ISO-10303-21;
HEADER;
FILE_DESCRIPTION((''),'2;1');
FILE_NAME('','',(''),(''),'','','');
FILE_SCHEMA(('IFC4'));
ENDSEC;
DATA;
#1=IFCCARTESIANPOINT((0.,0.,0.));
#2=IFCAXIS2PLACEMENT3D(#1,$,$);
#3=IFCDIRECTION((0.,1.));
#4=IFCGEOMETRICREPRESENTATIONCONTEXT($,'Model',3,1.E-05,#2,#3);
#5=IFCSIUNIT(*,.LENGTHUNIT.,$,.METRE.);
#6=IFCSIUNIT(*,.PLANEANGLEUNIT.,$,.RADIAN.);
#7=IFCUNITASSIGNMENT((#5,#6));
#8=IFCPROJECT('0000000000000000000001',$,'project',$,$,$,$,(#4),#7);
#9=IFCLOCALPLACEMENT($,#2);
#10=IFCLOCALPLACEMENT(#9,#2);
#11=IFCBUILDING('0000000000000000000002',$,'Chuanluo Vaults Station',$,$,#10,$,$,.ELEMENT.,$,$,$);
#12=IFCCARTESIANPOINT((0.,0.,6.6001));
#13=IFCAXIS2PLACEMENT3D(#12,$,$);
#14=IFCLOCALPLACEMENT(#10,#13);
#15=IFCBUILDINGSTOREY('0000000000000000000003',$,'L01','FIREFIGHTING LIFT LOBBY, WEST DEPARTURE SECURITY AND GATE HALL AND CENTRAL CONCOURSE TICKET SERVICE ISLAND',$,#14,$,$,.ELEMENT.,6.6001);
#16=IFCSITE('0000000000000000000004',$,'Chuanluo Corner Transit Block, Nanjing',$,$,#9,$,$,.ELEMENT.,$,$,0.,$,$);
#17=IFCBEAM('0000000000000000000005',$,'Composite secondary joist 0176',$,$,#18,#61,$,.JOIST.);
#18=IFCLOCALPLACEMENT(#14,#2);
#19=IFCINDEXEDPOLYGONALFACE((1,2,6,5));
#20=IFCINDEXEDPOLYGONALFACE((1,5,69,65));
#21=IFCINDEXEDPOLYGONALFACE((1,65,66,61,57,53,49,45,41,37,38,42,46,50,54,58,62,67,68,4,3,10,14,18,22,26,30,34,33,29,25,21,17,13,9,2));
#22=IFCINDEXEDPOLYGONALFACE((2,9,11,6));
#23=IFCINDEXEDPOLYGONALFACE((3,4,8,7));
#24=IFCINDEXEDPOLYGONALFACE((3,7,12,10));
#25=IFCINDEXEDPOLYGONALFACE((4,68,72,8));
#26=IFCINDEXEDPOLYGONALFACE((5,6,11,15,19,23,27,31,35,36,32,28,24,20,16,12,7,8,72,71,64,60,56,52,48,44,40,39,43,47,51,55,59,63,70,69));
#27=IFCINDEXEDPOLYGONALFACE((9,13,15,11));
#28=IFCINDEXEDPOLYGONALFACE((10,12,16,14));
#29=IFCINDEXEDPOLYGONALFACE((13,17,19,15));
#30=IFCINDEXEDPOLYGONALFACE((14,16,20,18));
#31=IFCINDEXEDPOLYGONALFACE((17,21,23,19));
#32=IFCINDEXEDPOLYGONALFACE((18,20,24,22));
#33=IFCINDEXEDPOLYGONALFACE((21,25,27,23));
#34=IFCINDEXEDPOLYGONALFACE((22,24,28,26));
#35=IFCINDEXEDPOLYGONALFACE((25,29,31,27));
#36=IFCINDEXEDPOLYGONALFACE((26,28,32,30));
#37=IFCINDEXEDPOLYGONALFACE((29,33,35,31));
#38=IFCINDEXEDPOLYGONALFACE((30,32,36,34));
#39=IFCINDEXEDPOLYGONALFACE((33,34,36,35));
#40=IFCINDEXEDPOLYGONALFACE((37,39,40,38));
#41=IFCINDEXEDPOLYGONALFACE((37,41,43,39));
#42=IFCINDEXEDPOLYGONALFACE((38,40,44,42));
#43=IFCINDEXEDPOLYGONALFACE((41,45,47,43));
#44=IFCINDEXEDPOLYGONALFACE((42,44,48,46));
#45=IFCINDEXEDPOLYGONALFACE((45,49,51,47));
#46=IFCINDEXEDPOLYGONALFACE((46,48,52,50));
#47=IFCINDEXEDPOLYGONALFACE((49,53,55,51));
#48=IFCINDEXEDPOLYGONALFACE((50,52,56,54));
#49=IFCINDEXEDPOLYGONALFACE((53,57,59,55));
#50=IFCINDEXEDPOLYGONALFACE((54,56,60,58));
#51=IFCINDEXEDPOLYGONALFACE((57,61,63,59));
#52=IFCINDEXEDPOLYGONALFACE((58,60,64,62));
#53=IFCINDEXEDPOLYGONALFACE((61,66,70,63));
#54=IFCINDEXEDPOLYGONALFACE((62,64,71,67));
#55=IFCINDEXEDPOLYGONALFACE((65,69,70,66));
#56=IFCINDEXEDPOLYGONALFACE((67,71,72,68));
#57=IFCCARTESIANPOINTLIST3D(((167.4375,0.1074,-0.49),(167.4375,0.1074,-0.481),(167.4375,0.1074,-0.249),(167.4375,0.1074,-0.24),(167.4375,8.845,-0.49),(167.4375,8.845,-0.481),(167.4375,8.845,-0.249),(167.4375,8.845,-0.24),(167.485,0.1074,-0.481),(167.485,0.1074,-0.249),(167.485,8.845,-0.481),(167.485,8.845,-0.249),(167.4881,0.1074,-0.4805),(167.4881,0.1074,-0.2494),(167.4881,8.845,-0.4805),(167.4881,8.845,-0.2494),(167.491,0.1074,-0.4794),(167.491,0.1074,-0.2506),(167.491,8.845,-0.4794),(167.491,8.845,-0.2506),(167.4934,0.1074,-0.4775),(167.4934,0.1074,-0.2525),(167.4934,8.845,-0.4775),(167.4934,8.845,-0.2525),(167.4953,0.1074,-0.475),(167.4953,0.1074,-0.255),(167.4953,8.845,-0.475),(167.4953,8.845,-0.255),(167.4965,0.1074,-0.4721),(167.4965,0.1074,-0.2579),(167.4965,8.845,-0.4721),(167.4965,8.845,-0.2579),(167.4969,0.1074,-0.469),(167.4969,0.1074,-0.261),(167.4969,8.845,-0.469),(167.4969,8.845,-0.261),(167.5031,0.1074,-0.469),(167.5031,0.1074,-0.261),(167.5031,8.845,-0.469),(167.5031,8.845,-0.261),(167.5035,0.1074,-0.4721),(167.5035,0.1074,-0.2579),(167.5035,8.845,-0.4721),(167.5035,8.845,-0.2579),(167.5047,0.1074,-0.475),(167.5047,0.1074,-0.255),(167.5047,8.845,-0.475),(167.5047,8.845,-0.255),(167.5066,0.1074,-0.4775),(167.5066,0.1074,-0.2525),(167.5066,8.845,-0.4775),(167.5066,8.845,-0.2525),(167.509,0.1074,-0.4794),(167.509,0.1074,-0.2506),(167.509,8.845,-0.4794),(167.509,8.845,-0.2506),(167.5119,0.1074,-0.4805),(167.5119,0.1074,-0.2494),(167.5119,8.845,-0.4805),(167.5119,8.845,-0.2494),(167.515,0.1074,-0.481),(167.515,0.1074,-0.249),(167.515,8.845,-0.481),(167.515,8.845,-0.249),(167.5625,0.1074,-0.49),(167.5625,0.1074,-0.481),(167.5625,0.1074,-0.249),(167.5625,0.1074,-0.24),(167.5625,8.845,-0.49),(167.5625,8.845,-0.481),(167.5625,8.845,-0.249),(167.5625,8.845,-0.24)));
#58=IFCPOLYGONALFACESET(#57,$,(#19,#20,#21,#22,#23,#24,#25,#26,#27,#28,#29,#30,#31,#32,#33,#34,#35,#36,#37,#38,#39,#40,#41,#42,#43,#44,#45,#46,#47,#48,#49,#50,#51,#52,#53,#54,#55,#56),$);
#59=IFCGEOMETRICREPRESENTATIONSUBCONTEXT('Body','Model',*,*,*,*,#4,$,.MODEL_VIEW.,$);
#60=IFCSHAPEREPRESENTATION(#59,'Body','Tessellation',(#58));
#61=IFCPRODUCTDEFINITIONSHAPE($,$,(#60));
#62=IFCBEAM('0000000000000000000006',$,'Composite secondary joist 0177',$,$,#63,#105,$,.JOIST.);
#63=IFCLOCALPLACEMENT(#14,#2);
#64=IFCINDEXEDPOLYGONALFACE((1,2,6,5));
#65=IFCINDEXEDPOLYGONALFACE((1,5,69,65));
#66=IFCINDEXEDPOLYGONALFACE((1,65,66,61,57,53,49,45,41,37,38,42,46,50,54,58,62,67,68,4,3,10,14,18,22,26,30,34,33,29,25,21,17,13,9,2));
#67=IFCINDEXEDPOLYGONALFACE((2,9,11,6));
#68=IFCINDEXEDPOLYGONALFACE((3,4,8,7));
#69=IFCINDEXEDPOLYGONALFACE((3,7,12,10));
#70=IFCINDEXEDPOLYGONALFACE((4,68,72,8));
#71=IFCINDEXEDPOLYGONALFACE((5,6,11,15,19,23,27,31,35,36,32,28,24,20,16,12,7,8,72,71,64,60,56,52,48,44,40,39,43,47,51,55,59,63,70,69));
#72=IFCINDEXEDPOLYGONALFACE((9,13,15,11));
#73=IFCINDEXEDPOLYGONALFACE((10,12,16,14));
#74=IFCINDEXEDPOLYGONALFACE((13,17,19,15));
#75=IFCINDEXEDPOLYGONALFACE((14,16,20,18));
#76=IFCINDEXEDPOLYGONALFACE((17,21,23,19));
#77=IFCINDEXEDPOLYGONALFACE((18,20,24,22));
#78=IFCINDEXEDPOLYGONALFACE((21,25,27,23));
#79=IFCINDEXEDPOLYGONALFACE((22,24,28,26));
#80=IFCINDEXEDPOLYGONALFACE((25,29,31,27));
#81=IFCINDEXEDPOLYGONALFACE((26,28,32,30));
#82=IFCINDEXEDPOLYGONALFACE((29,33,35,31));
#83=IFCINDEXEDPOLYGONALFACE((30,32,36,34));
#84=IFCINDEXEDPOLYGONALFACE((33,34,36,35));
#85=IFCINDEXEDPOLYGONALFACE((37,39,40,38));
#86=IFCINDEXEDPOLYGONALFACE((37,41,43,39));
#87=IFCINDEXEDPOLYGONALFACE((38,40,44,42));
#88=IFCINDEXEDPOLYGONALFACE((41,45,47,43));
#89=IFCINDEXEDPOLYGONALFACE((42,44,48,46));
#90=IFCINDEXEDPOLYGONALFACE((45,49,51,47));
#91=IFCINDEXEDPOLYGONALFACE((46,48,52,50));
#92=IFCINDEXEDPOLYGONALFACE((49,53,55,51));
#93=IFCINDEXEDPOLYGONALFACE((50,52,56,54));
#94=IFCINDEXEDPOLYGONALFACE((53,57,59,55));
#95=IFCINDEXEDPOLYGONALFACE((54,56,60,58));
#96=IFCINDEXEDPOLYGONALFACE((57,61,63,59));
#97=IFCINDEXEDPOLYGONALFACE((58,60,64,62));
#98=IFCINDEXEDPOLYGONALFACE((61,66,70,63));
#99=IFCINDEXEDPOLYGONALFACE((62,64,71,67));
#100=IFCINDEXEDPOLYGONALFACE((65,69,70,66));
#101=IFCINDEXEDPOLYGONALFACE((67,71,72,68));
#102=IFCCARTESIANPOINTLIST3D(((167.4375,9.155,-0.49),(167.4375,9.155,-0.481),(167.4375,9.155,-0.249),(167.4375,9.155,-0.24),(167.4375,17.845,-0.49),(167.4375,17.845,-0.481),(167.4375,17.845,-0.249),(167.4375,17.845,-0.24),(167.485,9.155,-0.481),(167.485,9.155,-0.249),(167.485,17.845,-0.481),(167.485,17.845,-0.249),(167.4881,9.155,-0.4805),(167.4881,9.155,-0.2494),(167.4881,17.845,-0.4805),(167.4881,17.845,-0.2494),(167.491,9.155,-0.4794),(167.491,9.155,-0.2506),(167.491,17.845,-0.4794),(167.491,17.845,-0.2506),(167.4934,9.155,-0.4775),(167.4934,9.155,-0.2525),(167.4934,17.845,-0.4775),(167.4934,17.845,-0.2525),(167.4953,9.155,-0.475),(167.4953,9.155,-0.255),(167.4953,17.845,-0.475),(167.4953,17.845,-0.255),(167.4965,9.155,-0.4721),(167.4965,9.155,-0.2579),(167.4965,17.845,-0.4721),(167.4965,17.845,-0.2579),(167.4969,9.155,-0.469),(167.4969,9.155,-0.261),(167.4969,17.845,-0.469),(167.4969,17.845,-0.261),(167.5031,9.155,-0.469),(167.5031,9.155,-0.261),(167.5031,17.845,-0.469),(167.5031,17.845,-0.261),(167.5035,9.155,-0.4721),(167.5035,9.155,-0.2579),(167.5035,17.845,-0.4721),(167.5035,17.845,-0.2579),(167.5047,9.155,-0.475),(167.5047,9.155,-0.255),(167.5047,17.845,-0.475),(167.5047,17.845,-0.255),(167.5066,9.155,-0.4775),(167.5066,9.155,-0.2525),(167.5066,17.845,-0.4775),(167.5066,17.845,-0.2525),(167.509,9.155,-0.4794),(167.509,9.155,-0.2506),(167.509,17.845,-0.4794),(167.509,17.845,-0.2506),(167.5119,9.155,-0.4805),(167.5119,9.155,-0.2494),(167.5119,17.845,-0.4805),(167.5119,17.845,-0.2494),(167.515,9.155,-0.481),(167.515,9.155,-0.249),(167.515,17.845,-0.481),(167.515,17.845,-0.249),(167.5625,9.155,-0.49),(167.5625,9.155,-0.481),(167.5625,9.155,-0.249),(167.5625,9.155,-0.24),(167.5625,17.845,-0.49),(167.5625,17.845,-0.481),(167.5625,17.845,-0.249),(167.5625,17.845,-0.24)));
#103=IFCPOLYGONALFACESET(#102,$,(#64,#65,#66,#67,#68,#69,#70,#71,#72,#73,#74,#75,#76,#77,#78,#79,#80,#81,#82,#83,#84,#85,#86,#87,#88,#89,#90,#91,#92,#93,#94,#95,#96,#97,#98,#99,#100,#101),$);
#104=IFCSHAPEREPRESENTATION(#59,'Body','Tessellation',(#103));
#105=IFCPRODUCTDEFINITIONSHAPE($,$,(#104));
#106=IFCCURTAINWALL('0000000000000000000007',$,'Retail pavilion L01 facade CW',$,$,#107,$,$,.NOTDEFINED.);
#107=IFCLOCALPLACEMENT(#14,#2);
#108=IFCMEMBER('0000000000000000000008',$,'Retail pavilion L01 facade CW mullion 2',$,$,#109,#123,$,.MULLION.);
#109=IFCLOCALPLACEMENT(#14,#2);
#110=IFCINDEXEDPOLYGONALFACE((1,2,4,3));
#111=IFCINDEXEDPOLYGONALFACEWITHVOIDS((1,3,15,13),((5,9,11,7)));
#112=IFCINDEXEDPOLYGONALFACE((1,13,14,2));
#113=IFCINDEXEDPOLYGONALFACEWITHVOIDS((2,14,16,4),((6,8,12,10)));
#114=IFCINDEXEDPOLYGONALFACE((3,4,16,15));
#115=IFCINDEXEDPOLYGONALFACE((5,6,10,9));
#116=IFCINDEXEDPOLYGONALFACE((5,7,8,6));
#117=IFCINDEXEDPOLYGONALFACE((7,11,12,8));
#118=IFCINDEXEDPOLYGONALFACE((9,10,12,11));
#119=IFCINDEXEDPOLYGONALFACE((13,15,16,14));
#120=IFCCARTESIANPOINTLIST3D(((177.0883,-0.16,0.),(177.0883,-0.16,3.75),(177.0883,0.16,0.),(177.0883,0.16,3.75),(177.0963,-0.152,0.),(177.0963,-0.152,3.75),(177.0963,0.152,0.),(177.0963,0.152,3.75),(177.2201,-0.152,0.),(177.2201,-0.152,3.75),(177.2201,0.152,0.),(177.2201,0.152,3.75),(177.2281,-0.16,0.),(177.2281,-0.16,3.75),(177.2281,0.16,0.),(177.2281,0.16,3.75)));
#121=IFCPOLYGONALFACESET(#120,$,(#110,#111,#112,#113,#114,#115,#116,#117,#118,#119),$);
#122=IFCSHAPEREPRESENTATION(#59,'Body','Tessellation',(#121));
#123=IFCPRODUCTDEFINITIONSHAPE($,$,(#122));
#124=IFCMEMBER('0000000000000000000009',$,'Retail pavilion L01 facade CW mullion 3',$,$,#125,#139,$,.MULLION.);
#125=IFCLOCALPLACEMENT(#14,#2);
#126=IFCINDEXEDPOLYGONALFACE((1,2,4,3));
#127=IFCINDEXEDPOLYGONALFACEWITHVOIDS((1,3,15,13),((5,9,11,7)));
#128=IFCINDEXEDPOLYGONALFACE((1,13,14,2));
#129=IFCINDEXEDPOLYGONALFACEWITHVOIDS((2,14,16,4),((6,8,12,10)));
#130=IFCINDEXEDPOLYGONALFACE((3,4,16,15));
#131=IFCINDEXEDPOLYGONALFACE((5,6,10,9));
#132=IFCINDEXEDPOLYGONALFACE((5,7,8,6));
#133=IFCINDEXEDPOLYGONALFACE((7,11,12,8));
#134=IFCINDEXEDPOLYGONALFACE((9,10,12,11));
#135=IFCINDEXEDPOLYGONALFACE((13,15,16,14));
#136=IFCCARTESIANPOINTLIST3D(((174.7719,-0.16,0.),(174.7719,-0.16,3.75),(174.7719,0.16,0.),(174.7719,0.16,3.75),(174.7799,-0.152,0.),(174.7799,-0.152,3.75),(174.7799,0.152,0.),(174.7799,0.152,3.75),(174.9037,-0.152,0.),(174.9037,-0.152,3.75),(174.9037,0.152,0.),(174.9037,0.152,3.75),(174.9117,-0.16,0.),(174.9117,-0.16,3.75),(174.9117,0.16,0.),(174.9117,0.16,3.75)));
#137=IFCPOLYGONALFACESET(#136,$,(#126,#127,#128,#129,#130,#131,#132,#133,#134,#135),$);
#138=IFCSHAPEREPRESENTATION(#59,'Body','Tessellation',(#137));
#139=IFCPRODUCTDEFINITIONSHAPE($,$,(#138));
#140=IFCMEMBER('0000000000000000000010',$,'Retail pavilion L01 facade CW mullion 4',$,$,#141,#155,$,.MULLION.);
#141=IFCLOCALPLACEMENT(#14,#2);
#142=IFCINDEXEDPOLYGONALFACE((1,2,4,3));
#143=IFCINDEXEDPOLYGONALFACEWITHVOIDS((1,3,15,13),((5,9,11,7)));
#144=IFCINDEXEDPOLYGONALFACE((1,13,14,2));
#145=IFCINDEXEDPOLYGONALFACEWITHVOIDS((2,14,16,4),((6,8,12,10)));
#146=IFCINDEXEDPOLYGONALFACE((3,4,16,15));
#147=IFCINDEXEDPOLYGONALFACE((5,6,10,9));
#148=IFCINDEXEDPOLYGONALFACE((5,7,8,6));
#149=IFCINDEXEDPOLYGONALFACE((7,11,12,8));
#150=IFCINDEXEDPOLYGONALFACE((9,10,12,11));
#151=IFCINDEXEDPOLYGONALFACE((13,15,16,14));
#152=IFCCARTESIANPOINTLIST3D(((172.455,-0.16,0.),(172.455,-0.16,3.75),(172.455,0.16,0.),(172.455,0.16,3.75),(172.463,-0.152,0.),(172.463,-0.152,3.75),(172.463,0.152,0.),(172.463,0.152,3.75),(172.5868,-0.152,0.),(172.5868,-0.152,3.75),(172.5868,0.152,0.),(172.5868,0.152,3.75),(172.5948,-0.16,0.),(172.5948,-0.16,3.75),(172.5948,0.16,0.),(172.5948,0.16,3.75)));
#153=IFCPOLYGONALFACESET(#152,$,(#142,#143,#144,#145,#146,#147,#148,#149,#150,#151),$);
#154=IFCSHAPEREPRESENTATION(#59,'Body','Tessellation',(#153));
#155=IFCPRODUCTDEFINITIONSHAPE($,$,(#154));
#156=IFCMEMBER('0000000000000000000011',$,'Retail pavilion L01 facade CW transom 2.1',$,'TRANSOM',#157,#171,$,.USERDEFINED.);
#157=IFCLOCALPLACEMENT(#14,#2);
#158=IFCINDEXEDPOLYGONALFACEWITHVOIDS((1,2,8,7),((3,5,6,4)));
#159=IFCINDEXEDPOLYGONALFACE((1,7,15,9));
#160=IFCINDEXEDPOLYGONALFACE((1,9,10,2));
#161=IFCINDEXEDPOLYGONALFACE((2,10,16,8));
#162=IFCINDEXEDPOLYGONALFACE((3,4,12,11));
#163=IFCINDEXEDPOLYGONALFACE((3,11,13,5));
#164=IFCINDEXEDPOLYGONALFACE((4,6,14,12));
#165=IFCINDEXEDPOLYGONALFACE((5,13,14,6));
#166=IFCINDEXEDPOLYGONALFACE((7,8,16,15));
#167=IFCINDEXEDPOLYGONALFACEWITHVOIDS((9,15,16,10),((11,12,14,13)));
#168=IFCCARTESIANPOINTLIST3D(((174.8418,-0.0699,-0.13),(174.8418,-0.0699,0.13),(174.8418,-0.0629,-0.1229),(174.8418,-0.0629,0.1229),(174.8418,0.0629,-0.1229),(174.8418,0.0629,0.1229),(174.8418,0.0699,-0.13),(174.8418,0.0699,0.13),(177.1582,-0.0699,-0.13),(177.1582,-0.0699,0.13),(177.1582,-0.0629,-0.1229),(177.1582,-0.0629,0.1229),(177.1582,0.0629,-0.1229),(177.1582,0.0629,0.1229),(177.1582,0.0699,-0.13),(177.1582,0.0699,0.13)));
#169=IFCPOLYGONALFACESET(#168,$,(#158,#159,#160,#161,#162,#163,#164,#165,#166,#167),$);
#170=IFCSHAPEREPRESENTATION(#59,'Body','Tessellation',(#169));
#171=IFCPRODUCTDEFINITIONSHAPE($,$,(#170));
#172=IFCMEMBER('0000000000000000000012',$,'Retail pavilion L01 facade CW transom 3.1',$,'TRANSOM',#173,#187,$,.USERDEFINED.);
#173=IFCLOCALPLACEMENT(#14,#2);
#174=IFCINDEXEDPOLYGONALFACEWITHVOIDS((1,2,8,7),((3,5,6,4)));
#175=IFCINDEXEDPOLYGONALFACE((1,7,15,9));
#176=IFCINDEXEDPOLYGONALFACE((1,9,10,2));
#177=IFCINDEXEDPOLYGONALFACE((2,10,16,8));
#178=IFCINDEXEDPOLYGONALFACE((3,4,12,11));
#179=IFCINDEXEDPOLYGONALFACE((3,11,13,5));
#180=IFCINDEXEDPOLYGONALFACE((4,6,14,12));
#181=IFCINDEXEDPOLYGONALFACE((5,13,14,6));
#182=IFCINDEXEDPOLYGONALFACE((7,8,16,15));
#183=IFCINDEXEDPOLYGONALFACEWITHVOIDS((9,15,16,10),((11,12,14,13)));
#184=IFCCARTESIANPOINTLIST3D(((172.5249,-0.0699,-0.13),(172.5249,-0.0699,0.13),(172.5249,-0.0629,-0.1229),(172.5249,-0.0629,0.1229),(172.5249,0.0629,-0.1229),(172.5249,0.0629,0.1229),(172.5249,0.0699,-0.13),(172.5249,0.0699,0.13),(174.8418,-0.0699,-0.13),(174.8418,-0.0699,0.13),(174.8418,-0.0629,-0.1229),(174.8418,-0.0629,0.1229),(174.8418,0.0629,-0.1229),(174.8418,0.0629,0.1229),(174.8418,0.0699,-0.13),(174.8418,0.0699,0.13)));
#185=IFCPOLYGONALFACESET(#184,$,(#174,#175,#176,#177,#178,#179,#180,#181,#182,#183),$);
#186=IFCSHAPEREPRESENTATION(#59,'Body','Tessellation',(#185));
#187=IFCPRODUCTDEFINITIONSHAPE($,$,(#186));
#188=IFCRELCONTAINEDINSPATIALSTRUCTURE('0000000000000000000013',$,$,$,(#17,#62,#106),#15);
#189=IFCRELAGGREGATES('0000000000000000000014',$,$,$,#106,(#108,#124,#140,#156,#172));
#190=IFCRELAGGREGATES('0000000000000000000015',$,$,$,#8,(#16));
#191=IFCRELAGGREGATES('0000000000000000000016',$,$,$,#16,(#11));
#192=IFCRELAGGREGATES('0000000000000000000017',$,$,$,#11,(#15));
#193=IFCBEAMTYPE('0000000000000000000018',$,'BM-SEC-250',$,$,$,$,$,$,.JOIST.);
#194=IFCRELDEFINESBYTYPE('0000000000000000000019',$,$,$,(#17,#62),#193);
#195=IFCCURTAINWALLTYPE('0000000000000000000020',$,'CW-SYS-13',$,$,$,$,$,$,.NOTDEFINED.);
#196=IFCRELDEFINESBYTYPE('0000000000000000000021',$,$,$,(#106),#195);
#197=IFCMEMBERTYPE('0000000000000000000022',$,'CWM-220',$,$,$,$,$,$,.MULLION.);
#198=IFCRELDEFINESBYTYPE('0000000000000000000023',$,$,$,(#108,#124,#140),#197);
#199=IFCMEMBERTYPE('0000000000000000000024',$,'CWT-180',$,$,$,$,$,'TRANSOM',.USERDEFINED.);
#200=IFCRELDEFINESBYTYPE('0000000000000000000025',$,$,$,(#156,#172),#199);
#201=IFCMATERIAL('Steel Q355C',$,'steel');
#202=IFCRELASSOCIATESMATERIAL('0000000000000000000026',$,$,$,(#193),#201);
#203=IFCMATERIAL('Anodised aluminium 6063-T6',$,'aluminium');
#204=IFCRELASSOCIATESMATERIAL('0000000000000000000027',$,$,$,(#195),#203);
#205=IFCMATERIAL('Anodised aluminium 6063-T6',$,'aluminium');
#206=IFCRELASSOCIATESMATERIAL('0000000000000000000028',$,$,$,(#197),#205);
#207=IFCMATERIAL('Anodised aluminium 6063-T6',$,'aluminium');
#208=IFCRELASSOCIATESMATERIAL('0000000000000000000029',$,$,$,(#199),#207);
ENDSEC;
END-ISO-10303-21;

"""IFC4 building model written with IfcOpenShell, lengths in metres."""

from ifc_helpers import new_model, si_unit, direction, frame, origin, origin_2d, place, context, subcontext, project, spatial, hollow_rectangle, i_section, extrude, material, material_profile, profile_set, type_object, element, aggregate, save


model = new_model("IFC4")

# Units and contexts
model_context = context("Model", 3, precision=1e-05, world=origin(), true_north=direction((0.0, 1.0)))
body_context = subcontext(model_context, "Body", "Model", "MODEL_VIEW")
ifc_project = project(units=[si_unit("LENGTHUNIT", "METRE"), si_unit("PLANEANGLEUNIT", "RADIAN")], contexts=[model_context])

# Site, building, storey
site_placement = place(None, origin())
site = spatial("IfcSite", under=ifc_project, at=site_placement, Name="Chuanluo Corner Transit Block, Nanjing", CompositionType="ELEMENT", RefElevation=0.0)
building_placement = place(site_placement, origin())
building = spatial("IfcBuilding", under=site, at=building_placement, Name="Chuanluo Vaults Station", CompositionType="ELEMENT")
storey_placement = place(building_placement, frame((0.0, 0.0, 6.6001)))
storey = spatial("IfcBuildingStorey", under=building, at=storey_placement, Name="L01", Description="FIREFIGHTING LIFT LOBBY, WEST DEPARTURE SECURITY AND GATE HALL AND CENTRAL CONCOURSE TICKET SERVICE ISLAND", CompositionType="ELEMENT", Elevation=6.6001)

# Beams
ifc_material_1 = material(Name="Steel Q355C", Category="steel")
ifc_material_profile_1 = material_profile(ifc_material_1, i_section(OverallWidth=0.125, OverallDepth=0.25, WebThickness=0.0061, FlangeThickness=0.009, FilletRadius=0.012, at=origin_2d()))
ifc_profile_set_1 = profile_set([ifc_material_profile_1], Name="Steel Q355C")
beam_type_1 = type_object("IfcBeamType", Name="BM-SEC-250", PredefinedType="JOIST", material=ifc_profile_set_1)
beam_1_placement = place(storey_placement, frame((167.5, 0.1074, -0.365), z_axis=(0.0, 1.0, 0.0), x_axis=(-1.0, 0.0, 0.0)))
element("IfcBeam", 1, at=beam_1_placement, inside=storey, type_object=beam_type_1, Name="Composite secondary joist 0176", PredefinedType="JOIST", context=body_context, shape_type="SweptSolid", body=[
    extrude(i_section(OverallWidth=0.125, OverallDepth=0.25, WebThickness=0.0061, FlangeThickness=0.009, FilletRadius=0.012, at=origin_2d()), origin(), (0.0, 0.0, 1.0), 8.7375),
])
beam_2_placement = place(storey_placement, frame((167.5, 9.155, -0.365), z_axis=(0.0, 1.0, 0.0), x_axis=(-1.0, 0.0, 0.0)))
element("IfcBeam", 2, at=beam_2_placement, inside=storey, type_object=beam_type_1, Name="Composite secondary joist 0177", PredefinedType="JOIST", context=body_context, shape_type="SweptSolid", body=[
    extrude(i_section(OverallWidth=0.125, OverallDepth=0.25, WebThickness=0.0061, FlangeThickness=0.009, FilletRadius=0.012, at=origin_2d()), origin(), (0.0, 0.0, 1.0), 8.6899),
])

# Curtain wall, members
ifc_material_2 = material(Name="Anodised aluminium 6063-T6", Category="aluminium")
curtain_wall_type = type_object("IfcCurtainWallType", Name="CW-SYS-13", PredefinedType="NOTDEFINED", material=ifc_material_2)
curtain_wall_placement = place(storey_placement, origin())
curtain_wall = element("IfcCurtainWall", 3, at=curtain_wall_placement, inside=storey, type_object=curtain_wall_type, Name="Retail pavilion L01 facade CW", PredefinedType="NOTDEFINED")
ifc_material_3 = material(Name="Anodised aluminium 6063-T6", Category="aluminium")
ifc_material_profile_2 = material_profile(ifc_material_3, hollow_rectangle(XDim=0.1399, YDim=0.3201, WallThickness=0.0081, at=origin_2d()))
ifc_profile_set_2 = profile_set([ifc_material_profile_2], Name="Anodised aluminium 6063-T6")
member_type_1 = type_object("IfcMemberType", Name="CWM-220", PredefinedType="MULLION", material=ifc_profile_set_2)
member_1_placement = place(storey_placement, frame((177.1582, 0.0, 0.0), z_axis=(0.0, 0.0, 1.0), x_axis=(-1.0, 0.0, 0.0)))
member_1 = element("IfcMember", 4, at=member_1_placement, type_object=member_type_1, Name="Retail pavilion L01 facade CW mullion 2", PredefinedType="MULLION", context=body_context, shape_type="SweptSolid", body=[
    extrude(hollow_rectangle(XDim=0.1399, YDim=0.3201, WallThickness=0.0081, at=origin_2d()), origin(), (0.0, 0.0, 1.0), 3.75),
])
member_2_placement = place(storey_placement, frame((174.8418, 0.0, 0.0), z_axis=(0.0, 0.0, 1.0), x_axis=(-1.0, 0.0, 0.0)))
member_2 = element("IfcMember", 5, at=member_2_placement, type_object=member_type_1, Name="Retail pavilion L01 facade CW mullion 3", PredefinedType="MULLION", context=body_context, shape_type="SweptSolid", body=[
    extrude(hollow_rectangle(XDim=0.1399, YDim=0.3201, WallThickness=0.0081, at=origin_2d()), origin(), (0.0, 0.0, 1.0), 3.75),
])
member_3_placement = place(storey_placement, frame((172.5249, 0.0, 0.0), z_axis=(0.0, 0.0, 1.0), x_axis=(-1.0, 0.0, 0.0)))
member_3 = element("IfcMember", 6, at=member_3_placement, type_object=member_type_1, Name="Retail pavilion L01 facade CW mullion 4", PredefinedType="MULLION", context=body_context, shape_type="SweptSolid", body=[
    extrude(hollow_rectangle(XDim=0.1399, YDim=0.3201, WallThickness=0.0081, at=origin_2d()), origin(), (0.0, 0.0, 1.0), 3.75),
])
ifc_material_4 = material(Name="Anodised aluminium 6063-T6", Category="aluminium")
ifc_material_profile_3 = material_profile(ifc_material_4, hollow_rectangle(XDim=0.1399, YDim=0.26, WallThickness=0.0071, at=origin_2d()))
ifc_profile_set_3 = profile_set([ifc_material_profile_3], Name="Anodised aluminium 6063-T6")
member_type_2 = type_object("IfcMemberType", Name="CWT-180", ElementType="TRANSOM", PredefinedType="USERDEFINED", material=ifc_profile_set_3)
member_4_placement = place(storey_placement, frame((177.1582, 0.0, 0.0), z_axis=(-1.0, 0.0, 0.0), x_axis=(0.0, -1.0, 0.0)))
member_4 = element("IfcMember", 7, at=member_4_placement, type_object=member_type_2, Name="Retail pavilion L01 facade CW transom 2.1", ObjectType="TRANSOM", PredefinedType="USERDEFINED", context=body_context, shape_type="SweptSolid", body=[
    extrude(hollow_rectangle(XDim=0.1399, YDim=0.26, WallThickness=0.0071, at=origin_2d()), origin(), (0.0, 0.0, 1.0), 2.3164),
])
member_5_placement = place(storey_placement, frame((174.8418, 0.0, 0.0), z_axis=(-1.0, 0.0, 0.0), x_axis=(0.0, -1.0, 0.0)))
member_5 = element("IfcMember", 8, at=member_5_placement, type_object=member_type_2, Name="Retail pavilion L01 facade CW transom 3.1", ObjectType="TRANSOM", PredefinedType="USERDEFINED", context=body_context, shape_type="SweptSolid", body=[
    extrude(hollow_rectangle(XDim=0.1399, YDim=0.26, WallThickness=0.0071, at=origin_2d()), origin(), (0.0, 0.0, 1.0), 2.3169),
])
aggregate(curtain_wall, [member_1, member_2, member_3, member_4, member_5])

save(model, "model.ifc")
